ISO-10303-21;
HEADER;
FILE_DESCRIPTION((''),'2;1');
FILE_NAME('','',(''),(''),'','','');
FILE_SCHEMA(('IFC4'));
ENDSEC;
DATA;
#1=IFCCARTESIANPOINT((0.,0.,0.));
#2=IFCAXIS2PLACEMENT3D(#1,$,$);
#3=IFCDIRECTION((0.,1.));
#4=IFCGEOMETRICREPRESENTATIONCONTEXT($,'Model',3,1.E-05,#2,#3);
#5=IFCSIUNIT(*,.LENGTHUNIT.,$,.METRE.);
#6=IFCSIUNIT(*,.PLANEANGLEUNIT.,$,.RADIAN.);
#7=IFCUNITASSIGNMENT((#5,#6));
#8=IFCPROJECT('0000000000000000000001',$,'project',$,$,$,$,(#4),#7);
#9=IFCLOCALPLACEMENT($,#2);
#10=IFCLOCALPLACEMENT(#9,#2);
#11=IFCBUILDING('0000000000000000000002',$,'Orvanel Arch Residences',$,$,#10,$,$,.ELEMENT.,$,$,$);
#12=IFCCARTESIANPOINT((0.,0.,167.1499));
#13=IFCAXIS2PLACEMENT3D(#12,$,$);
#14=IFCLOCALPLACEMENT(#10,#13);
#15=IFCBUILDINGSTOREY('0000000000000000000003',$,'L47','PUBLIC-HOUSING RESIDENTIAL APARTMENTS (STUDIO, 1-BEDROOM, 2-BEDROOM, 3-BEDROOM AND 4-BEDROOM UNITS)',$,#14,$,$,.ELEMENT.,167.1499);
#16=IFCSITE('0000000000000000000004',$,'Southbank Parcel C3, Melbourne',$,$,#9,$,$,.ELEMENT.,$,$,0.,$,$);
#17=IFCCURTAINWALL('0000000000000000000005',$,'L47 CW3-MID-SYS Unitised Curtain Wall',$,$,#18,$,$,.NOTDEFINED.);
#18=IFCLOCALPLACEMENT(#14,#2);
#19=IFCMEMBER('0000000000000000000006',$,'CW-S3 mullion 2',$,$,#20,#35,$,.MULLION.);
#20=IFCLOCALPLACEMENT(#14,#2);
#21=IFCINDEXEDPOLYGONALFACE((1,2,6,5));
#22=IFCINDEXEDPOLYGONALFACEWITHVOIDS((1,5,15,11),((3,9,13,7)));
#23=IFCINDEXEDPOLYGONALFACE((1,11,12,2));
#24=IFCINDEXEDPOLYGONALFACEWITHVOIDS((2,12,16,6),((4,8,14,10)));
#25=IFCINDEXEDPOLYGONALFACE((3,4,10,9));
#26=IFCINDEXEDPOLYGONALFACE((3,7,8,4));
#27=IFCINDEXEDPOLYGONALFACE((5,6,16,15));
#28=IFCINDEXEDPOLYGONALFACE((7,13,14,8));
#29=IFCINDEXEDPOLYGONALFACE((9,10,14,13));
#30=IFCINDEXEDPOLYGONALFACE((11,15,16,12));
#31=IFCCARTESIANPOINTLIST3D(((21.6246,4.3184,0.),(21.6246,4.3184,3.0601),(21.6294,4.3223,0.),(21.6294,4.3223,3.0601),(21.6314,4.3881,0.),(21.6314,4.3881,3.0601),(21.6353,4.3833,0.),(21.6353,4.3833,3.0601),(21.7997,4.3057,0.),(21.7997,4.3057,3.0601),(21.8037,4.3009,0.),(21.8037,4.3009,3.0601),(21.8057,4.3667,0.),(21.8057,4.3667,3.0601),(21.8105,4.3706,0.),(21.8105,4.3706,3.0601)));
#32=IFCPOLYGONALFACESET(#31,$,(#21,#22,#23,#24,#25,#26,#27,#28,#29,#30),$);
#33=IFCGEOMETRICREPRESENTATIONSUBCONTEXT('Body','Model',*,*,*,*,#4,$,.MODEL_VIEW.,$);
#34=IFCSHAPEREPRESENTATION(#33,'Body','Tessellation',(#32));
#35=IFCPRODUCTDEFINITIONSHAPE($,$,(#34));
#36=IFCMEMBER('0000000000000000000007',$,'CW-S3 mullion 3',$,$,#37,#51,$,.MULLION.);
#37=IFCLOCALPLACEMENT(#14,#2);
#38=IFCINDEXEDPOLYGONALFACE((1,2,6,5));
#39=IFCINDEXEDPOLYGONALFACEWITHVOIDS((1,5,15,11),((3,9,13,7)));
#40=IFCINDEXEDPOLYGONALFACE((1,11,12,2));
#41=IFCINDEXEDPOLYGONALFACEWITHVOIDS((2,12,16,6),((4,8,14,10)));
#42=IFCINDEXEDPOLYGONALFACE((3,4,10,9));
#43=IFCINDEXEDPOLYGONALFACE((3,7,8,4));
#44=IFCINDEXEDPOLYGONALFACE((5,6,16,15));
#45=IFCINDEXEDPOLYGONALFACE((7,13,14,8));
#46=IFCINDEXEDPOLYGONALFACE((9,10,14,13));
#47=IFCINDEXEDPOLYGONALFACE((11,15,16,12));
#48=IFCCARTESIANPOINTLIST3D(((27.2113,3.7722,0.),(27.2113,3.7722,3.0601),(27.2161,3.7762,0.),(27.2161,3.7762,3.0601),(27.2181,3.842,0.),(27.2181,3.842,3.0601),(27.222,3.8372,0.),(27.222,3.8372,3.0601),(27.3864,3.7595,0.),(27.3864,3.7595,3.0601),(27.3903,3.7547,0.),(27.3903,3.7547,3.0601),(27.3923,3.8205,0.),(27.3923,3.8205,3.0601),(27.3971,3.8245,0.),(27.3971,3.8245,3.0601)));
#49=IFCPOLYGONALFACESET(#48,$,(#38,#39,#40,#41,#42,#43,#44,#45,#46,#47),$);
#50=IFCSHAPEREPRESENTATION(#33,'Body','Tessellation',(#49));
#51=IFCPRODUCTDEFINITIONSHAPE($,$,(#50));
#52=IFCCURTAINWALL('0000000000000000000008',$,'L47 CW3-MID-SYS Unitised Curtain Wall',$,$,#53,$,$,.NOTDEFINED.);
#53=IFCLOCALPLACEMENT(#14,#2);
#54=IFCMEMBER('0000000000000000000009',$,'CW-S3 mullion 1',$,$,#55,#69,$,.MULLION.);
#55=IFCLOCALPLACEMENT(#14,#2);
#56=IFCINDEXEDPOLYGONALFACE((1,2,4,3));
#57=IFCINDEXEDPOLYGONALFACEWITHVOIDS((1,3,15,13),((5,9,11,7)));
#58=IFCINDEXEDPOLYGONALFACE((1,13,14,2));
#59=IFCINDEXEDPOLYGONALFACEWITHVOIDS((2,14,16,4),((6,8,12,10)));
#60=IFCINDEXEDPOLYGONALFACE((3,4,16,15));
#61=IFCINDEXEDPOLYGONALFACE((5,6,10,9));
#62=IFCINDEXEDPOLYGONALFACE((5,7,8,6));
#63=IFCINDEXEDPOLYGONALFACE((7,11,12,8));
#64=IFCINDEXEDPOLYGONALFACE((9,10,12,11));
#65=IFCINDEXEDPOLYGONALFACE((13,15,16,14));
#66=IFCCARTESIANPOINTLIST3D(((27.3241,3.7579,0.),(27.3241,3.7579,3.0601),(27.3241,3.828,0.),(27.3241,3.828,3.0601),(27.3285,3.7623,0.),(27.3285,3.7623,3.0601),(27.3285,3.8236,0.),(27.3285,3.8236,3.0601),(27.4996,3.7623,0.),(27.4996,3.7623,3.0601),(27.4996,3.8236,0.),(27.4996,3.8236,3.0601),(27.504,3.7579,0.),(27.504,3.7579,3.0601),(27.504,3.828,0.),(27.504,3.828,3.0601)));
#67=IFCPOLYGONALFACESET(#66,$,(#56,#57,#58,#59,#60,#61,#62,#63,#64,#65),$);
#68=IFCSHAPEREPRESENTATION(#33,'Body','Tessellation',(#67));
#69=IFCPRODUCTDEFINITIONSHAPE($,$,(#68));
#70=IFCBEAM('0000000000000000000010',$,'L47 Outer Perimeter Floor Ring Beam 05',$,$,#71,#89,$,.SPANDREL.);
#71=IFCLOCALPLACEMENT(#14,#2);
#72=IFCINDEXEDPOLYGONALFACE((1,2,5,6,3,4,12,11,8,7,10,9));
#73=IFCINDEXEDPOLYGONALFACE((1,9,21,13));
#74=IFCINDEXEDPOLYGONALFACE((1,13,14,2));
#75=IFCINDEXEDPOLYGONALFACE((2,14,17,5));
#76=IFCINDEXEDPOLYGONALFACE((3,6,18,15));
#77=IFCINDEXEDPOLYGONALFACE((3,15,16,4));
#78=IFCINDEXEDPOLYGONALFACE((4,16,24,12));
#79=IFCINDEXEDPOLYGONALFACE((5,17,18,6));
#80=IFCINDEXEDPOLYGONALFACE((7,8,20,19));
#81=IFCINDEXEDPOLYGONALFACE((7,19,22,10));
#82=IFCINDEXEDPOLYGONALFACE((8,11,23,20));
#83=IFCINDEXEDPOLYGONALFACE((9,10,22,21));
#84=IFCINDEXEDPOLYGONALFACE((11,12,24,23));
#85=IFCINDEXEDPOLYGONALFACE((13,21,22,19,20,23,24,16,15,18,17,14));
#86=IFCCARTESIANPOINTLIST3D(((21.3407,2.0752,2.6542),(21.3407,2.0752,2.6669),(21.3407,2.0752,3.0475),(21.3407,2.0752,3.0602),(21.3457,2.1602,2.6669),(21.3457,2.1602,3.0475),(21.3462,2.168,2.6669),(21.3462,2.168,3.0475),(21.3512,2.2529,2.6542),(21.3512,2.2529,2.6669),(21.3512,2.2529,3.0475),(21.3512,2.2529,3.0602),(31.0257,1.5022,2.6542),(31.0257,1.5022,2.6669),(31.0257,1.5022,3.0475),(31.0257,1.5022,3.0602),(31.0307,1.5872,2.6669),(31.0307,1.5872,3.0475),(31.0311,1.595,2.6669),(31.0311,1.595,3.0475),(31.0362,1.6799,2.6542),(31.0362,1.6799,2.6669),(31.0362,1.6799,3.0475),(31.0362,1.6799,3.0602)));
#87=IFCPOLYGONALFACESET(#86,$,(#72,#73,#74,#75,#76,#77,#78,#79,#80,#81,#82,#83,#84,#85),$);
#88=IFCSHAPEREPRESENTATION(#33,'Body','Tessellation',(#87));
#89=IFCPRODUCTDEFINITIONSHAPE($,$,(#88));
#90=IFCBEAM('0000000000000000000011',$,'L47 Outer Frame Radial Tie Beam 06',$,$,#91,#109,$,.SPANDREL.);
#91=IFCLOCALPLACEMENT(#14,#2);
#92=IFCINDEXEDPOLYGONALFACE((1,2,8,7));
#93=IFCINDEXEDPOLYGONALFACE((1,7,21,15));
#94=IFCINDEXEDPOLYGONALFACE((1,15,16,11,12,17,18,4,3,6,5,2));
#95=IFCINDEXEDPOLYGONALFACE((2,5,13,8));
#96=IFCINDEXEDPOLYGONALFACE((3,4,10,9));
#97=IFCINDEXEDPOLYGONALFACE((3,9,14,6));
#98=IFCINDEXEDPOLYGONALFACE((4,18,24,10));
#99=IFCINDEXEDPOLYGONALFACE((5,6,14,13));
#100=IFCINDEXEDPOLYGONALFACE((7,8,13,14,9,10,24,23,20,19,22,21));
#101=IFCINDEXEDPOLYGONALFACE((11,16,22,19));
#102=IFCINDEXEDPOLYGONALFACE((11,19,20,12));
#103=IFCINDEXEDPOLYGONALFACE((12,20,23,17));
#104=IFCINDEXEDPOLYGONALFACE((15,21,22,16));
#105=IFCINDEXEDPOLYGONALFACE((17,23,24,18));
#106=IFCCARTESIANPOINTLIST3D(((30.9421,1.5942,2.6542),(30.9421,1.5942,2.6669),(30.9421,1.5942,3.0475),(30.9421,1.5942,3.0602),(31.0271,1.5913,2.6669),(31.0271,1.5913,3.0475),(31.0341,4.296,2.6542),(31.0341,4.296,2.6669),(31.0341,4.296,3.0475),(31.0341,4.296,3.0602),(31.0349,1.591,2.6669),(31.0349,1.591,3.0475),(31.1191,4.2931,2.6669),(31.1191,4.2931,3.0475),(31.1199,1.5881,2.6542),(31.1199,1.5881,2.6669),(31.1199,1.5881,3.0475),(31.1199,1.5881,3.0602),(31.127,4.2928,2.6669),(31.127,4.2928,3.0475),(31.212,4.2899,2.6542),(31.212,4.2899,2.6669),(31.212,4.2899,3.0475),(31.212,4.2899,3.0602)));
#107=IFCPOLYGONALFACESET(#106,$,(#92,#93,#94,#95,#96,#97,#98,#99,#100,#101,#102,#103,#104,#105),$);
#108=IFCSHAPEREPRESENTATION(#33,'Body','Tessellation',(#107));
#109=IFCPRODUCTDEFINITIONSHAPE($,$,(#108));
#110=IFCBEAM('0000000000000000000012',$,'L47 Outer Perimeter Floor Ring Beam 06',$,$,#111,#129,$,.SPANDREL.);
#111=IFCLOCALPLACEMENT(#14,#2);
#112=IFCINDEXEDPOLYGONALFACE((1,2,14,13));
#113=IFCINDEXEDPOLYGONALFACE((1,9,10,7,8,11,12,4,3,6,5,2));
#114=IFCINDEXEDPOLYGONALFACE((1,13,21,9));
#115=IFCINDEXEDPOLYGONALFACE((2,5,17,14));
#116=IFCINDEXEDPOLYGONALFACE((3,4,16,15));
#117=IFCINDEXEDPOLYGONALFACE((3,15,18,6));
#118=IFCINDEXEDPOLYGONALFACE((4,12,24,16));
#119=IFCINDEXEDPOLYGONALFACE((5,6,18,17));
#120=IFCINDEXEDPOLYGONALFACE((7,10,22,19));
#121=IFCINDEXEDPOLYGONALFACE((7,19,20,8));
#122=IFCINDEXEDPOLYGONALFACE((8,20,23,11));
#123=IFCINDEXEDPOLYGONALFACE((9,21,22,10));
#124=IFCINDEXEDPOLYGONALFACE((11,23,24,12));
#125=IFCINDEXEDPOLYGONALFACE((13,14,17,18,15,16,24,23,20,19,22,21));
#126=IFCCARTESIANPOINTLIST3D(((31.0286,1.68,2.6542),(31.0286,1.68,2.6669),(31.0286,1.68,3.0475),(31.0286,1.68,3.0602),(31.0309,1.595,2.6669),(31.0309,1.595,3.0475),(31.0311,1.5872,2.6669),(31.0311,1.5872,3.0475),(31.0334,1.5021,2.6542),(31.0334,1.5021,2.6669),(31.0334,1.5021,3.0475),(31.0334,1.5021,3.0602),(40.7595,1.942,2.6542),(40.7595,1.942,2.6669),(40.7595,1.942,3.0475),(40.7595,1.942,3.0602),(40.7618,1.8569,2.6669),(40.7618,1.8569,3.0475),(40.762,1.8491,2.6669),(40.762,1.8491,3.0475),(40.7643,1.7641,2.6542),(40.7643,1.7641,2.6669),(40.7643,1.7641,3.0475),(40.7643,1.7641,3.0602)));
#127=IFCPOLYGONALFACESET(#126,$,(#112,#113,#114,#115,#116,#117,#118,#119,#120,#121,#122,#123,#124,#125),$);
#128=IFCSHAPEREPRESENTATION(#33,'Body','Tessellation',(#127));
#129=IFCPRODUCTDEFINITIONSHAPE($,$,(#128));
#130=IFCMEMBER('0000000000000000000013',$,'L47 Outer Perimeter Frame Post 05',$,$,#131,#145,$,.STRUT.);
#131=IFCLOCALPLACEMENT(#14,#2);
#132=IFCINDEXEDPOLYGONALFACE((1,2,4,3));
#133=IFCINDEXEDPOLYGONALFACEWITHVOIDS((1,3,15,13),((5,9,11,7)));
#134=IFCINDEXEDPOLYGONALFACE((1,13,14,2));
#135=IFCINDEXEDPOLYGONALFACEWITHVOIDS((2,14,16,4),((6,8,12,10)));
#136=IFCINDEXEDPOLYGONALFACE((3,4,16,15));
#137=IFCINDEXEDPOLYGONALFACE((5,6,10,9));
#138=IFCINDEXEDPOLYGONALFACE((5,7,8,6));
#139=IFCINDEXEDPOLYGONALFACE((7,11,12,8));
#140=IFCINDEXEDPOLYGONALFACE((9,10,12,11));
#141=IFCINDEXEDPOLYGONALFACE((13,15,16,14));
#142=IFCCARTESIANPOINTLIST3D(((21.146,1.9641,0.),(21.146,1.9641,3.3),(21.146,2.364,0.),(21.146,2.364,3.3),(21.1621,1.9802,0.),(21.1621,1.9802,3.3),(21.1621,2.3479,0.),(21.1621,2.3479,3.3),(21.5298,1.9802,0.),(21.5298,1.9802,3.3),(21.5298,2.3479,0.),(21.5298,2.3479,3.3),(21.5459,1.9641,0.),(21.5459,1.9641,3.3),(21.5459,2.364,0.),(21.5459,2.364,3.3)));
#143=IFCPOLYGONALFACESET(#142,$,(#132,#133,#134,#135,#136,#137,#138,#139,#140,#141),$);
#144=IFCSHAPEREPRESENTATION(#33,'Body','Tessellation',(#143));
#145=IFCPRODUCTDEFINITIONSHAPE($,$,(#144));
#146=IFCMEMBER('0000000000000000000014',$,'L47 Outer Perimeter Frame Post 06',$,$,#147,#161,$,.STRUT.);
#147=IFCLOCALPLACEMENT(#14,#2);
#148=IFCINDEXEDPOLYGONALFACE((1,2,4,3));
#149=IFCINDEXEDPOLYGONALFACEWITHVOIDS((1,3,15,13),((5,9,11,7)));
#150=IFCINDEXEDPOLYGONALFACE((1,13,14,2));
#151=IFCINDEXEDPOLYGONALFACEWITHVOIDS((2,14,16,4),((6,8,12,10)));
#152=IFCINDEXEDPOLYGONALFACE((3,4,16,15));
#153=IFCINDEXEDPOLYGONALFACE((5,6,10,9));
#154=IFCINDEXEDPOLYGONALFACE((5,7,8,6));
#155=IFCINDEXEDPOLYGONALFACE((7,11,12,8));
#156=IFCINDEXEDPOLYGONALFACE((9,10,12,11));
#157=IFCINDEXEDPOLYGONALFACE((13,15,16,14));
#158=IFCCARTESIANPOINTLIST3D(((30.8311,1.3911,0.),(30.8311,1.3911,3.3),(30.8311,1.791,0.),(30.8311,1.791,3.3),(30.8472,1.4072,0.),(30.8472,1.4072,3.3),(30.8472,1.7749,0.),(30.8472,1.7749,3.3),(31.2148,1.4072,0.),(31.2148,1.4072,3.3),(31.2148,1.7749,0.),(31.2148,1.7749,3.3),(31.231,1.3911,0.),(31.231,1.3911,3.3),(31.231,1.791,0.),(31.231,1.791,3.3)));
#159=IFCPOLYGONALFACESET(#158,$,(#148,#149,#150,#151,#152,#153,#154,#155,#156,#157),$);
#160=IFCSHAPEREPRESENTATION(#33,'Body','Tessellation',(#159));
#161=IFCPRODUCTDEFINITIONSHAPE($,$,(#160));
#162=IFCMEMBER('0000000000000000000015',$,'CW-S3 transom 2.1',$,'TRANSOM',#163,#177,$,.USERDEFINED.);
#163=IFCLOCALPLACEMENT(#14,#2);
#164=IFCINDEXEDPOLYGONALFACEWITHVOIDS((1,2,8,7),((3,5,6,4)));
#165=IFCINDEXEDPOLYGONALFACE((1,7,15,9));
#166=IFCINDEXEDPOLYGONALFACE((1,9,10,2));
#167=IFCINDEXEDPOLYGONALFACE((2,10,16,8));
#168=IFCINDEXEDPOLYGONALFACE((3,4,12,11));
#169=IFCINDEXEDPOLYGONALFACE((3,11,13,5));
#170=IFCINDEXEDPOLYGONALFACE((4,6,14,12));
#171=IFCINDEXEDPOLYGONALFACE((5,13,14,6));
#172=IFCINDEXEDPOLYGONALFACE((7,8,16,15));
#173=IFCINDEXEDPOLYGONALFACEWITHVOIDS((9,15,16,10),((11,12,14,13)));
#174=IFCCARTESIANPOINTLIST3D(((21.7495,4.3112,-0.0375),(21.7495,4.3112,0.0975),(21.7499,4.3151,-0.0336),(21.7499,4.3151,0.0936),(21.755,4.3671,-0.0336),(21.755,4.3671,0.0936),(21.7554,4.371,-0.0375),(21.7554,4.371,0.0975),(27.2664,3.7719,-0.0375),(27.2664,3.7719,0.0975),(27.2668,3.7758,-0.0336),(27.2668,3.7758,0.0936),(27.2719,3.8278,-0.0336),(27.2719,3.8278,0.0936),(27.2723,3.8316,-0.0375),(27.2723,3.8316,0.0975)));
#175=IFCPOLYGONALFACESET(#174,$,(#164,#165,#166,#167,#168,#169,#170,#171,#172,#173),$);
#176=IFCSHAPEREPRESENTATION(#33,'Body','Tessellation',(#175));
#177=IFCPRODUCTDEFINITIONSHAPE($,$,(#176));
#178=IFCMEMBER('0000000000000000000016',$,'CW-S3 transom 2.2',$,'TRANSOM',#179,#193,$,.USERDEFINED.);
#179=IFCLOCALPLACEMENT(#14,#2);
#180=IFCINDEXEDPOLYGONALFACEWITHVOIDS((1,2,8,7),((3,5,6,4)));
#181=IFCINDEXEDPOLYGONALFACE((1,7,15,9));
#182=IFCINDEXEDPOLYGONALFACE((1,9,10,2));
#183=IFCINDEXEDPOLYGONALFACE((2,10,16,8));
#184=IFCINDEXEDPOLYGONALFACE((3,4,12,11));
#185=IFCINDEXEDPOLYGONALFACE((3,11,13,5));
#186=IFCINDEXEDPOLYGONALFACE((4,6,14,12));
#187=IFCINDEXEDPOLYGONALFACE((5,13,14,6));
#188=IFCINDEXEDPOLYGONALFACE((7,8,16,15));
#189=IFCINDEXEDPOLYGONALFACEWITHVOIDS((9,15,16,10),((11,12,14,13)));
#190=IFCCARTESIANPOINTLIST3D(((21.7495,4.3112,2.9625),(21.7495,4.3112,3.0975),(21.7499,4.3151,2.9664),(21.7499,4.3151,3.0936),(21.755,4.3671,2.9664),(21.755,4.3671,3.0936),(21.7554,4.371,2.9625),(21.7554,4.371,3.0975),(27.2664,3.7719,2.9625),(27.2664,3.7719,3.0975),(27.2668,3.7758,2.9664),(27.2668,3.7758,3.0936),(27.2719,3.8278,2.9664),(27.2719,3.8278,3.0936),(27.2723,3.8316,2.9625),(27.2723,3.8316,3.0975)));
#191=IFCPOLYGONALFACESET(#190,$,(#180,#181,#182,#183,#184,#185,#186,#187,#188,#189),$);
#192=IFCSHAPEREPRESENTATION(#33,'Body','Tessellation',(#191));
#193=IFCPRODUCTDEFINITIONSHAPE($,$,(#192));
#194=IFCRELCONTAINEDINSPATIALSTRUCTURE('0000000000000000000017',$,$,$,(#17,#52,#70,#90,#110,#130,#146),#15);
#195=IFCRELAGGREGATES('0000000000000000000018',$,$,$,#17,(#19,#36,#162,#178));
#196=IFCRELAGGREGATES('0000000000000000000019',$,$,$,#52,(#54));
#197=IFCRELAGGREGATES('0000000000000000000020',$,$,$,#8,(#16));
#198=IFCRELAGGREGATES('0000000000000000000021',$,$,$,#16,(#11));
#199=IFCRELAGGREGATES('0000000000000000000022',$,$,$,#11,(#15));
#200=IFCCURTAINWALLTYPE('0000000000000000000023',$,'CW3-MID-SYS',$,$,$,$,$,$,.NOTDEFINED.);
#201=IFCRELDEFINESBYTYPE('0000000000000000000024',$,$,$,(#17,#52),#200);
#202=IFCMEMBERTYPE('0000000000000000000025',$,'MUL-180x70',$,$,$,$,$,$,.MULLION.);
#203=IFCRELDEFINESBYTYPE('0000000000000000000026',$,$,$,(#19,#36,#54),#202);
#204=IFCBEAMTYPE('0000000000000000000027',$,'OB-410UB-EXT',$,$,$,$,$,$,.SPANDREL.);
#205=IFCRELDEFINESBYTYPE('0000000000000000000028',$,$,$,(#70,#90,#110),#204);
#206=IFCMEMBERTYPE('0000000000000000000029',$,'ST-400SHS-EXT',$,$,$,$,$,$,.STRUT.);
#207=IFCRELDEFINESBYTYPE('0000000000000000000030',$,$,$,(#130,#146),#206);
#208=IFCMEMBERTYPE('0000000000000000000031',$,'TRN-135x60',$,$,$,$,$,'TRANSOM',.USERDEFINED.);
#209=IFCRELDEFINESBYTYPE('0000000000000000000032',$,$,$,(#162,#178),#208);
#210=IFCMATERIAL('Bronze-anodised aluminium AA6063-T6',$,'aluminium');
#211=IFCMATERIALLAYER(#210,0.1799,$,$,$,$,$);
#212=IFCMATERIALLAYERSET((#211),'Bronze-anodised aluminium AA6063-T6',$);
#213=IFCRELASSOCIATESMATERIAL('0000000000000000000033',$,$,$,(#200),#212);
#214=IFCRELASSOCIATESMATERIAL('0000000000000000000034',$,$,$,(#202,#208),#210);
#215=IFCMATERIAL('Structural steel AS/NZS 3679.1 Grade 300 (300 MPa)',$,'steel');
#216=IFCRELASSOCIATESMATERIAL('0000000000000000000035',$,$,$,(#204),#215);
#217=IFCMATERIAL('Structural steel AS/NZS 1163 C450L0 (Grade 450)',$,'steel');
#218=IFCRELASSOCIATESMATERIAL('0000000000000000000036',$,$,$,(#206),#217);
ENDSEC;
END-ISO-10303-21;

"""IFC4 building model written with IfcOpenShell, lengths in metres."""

from ifc_helpers import new_model, si_unit, direction, frame, origin, origin_2d, place, context, subcontext, project, spatial, hollow_rectangle, i_section, extrude, material, layer, layer_set, material_profile, profile_set, type_object, element, aggregate, save


model = new_model("IFC4")

# Units and contexts
model_context = context("Model", 3, precision=1e-05, world=origin(), true_north=direction((0.0, 1.0)))
body_context = subcontext(model_context, "Body", "Model", "MODEL_VIEW")
ifc_project = project(units=[si_unit("LENGTHUNIT", "METRE"), si_unit("PLANEANGLEUNIT", "RADIAN")], contexts=[model_context])

# Site, building, storey
site_placement = place(None, origin())
site = spatial("IfcSite", under=ifc_project, at=site_placement, Name="Southbank Parcel C3, Melbourne", CompositionType="ELEMENT", RefElevation=0.0)
building_placement = place(site_placement, origin())
building = spatial("IfcBuilding", under=site, at=building_placement, Name="Orvanel Arch Residences", CompositionType="ELEMENT")
storey_placement = place(building_placement, frame((0.0, 0.0, 167.1499)))
storey = spatial("IfcBuildingStorey", under=building, at=storey_placement, Name="L47", Description="PUBLIC-HOUSING RESIDENTIAL APARTMENTS (STUDIO, 1-BEDROOM, 2-BEDROOM, 3-BEDROOM AND 4-BEDROOM UNITS)", CompositionType="ELEMENT", Elevation=167.1499)

# Curtain wall, members
ifc_material_1 = material(Name="Bronze-anodised aluminium AA6063-T6", Category="aluminium")
ifc_layer_1 = layer(ifc_material_1, 0.1799)
ifc_layer_set_1 = layer_set([ifc_layer_1], Name="Bronze-anodised aluminium AA6063-T6")
curtain_wall_type = type_object("IfcCurtainWallType", Name="CW3-MID-SYS", PredefinedType="NOTDEFINED", material=ifc_layer_set_1)
curtain_wall_1_placement = place(storey_placement, origin())
curtain_wall_1 = element("IfcCurtainWall", 1, at=curtain_wall_1_placement, inside=storey, type_object=curtain_wall_type, Name="L47 CW3-MID-SYS Unitised Curtain Wall", PredefinedType="NOTDEFINED")
ifc_material_profile_1 = material_profile(ifc_material_1, hollow_rectangle(XDim=0.0701, YDim=0.1799, WallThickness=0.0044, at=origin_2d()), Name="ALU180x70x4.5")
ifc_profile_set_1 = profile_set([ifc_material_profile_1], Name="Bronze-anodised aluminium AA6063-T6")
member_type_1 = type_object("IfcMemberType", Name="MUL-180x70", PredefinedType="MULLION", material=ifc_profile_set_1)
member_1_placement = place(storey_placement, frame((21.7175, 4.3445, 0.0), z_axis=(0.0, 0.0, 1.0), x_axis=(0.097286, 0.995256, 0.0)))
member_1 = element("IfcMember", 2, at=member_1_placement, type_object=member_type_1, Name="CW-S3 mullion 2", PredefinedType="MULLION", context=body_context, shape_type="SweptSolid", body=[
    extrude(hollow_rectangle(XDim=0.0701, YDim=0.1799, WallThickness=0.0044, at=origin_2d()), origin(), (0.0, 0.0, 1.0), 3.0601),
])
member_2_placement = place(storey_placement, frame((27.3042, 3.7983, 0.0), z_axis=(0.0, 0.0, 1.0), x_axis=(0.097286, 0.995256, 0.0)))
member_2 = element("IfcMember", 3, at=member_2_placement, type_object=member_type_1, Name="CW-S3 mullion 3", PredefinedType="MULLION", context=body_context, shape_type="SweptSolid", body=[
    extrude(hollow_rectangle(XDim=0.0701, YDim=0.1799, WallThickness=0.0044, at=origin_2d()), origin(), (0.0, 0.0, 1.0), 3.0601),
])

# Curtain wall, member
curtain_wall_2_placement = place(storey_placement, origin())
curtain_wall_2 = element("IfcCurtainWall", 4, at=curtain_wall_2_placement, inside=storey, type_object=curtain_wall_type, Name="L47 CW3-MID-SYS Unitised Curtain Wall", PredefinedType="NOTDEFINED")
member_3_placement = place(storey_placement, frame((27.4141, 3.793, 0.0), z_axis=(0.0, 0.0, 1.0), x_axis=(0.0, 1.0, 0.0)))
member_3 = element("IfcMember", 5, at=member_3_placement, type_object=member_type_1, Name="CW-S3 mullion 1", PredefinedType="MULLION", context=body_context, shape_type="SweptSolid", body=[
    extrude(hollow_rectangle(XDim=0.0701, YDim=0.1799, WallThickness=0.0044, at=origin_2d()), origin(), (0.0, 0.0, 1.0), 3.0601),
])

# Beams
ifc_material_2 = material(Name="Structural steel AS/NZS 3679.1 Grade 300 (300 MPa)", Category="steel")
ifc_material_profile_2 = material_profile(ifc_material_2, i_section(OverallWidth=0.178, OverallDepth=0.406, WebThickness=0.0078, FlangeThickness=0.0127, at=origin_2d()), Name="410UB59.7")
ifc_profile_set_2 = profile_set([ifc_material_profile_2], Name="Structural steel AS/NZS 3679.1 Grade 300 (300 MPa)")
beam_type = type_object("IfcBeamType", Name="OB-410UB-EXT", PredefinedType="SPANDREL", material=ifc_profile_set_2)
beam_1_placement = place(storey_placement, frame((21.3459, 2.1641, 2.8572), z_axis=(0.998254, -0.05906, 0.0), x_axis=(0.05906, 0.998254, 0.0)))
element("IfcBeam", 6, at=beam_1_placement, inside=storey, type_object=beam_type, Name="L47 Outer Perimeter Floor Ring Beam 05", PredefinedType="SPANDREL", context=body_context, shape_type="SweptSolid", body=[
    extrude(i_section(OverallWidth=0.178, OverallDepth=0.406, WebThickness=0.0078, FlangeThickness=0.0127, at=origin_2d()), origin(), (0.0, 0.0, 1.0), 9.7019),
])
beam_2_placement = place(storey_placement, frame((31.123, 4.293, 2.8572), z_axis=(-0.034045, -0.99942, 0.0), x_axis=(0.99942, -0.034045, 0.0)))
element("IfcBeam", 7, at=beam_2_placement, inside=storey, type_object=beam_type, Name="L47 Outer Frame Radial Tie Beam 06", PredefinedType="SPANDREL", context=body_context, shape_type="SweptSolid", body=[
    extrude(i_section(OverallWidth=0.178, OverallDepth=0.406, WebThickness=0.0078, FlangeThickness=0.0127, at=origin_2d()), origin(), (0.0, 0.0, 1.0), 2.7034),
])
beam_3_placement = place(storey_placement, frame((31.031, 1.5911, 2.8572), z_axis=(0.999638, 0.026911, 0.0), x_axis=(-0.026911, 0.999638, 0.0)))
element("IfcBeam", 8, at=beam_3_placement, inside=storey, type_object=beam_type, Name="L47 Outer Perimeter Floor Ring Beam 06", PredefinedType="SPANDREL", context=body_context, shape_type="SweptSolid", body=[
    extrude(i_section(OverallWidth=0.178, OverallDepth=0.406, WebThickness=0.0078, FlangeThickness=0.0127, at=origin_2d()), origin(), (0.0, 0.0, 1.0), 9.7344),
])

# Members
ifc_material_3 = material(Name="Structural steel AS/NZS 1163 C450L0 (Grade 450)", Category="steel")
ifc_material_profile_3 = material_profile(ifc_material_3, hollow_rectangle(XDim=0.3999, YDim=0.3999, WallThickness=0.0161, at=origin_2d()), Name="SHS400x400x16")
ifc_profile_set_3 = profile_set([ifc_material_profile_3], Name="Structural steel AS/NZS 1163 C450L0 (Grade 450)")
member_type_2 = type_object("IfcMemberType", Name="ST-400SHS-EXT", PredefinedType="STRUT", material=ifc_profile_set_3)
for number, where, z_axis, x_axis, name in (
    (9, (21.3459, 2.1641, 0.0), (0.0, 0.0, 1.0), (1.0, 0.0, 0.0), "L47 Outer Perimeter Frame Post 05"),
    (10, (31.031, 1.5911, 0.0), (0.0, 0.0, 1.0), (1.0, 0.0, 0.0), "L47 Outer Perimeter Frame Post 06"),
):
    element("IfcMember", number, at=place(storey_placement, frame(where, z_axis=z_axis, x_axis=x_axis)), inside=storey, type_object=member_type_2, Name=name, PredefinedType="STRUT", context=body_context, shape_type="SweptSolid", body=[
        extrude(hollow_rectangle(XDim=0.3999, YDim=0.3999, WallThickness=0.0161, at=origin_2d()), origin(), (0.0, 0.0, 1.0), 3.3),
    ])

# Members
ifc_material_profile_4 = material_profile(ifc_material_1, hollow_rectangle(XDim=0.0601, YDim=0.135, WallThickness=0.0039, at=origin_2d()), Name="ALU135x60x4")
ifc_profile_set_4 = profile_set([ifc_material_profile_4], Name="Bronze-anodised aluminium AA6063-T6")
member_type_3 = type_object("IfcMemberType", Name="TRN-135x60", ElementType="TRANSOM", PredefinedType="USERDEFINED", material=ifc_profile_set_4)
member_4_placement = place(storey_placement, frame((21.7524, 4.3411, 0.03), z_axis=(0.995256, -0.097293, 0.0), x_axis=(0.097293, 0.995256, 0.0)))
member_4 = element("IfcMember", 11, at=member_4_placement, type_object=member_type_3, Name="CW-S3 transom 2.1", ObjectType="TRANSOM", PredefinedType="USERDEFINED", context=body_context, shape_type="SweptSolid", body=[
    extrude(hollow_rectangle(XDim=0.0601, YDim=0.135, WallThickness=0.0039, at=origin_2d()), origin(), (0.0, 0.0, 1.0), 5.5432),
])
member_5_placement = place(storey_placement, frame((21.7524, 4.3411, 3.03), z_axis=(0.995256, -0.097293, 0.0), x_axis=(0.097293, 0.995256, 0.0)))
member_5 = element("IfcMember", 12, at=member_5_placement, type_object=member_type_3, Name="CW-S3 transom 2.2", ObjectType="TRANSOM", PredefinedType="USERDEFINED", context=body_context, shape_type="SweptSolid", body=[
    extrude(hollow_rectangle(XDim=0.0601, YDim=0.135, WallThickness=0.0039, at=origin_2d()), origin(), (0.0, 0.0, 1.0), 5.5432),
])

aggregate(curtain_wall_1, [member_1, member_2, member_4, member_5])
aggregate(curtain_wall_2, [member_3])

save(model, "model.ifc")
